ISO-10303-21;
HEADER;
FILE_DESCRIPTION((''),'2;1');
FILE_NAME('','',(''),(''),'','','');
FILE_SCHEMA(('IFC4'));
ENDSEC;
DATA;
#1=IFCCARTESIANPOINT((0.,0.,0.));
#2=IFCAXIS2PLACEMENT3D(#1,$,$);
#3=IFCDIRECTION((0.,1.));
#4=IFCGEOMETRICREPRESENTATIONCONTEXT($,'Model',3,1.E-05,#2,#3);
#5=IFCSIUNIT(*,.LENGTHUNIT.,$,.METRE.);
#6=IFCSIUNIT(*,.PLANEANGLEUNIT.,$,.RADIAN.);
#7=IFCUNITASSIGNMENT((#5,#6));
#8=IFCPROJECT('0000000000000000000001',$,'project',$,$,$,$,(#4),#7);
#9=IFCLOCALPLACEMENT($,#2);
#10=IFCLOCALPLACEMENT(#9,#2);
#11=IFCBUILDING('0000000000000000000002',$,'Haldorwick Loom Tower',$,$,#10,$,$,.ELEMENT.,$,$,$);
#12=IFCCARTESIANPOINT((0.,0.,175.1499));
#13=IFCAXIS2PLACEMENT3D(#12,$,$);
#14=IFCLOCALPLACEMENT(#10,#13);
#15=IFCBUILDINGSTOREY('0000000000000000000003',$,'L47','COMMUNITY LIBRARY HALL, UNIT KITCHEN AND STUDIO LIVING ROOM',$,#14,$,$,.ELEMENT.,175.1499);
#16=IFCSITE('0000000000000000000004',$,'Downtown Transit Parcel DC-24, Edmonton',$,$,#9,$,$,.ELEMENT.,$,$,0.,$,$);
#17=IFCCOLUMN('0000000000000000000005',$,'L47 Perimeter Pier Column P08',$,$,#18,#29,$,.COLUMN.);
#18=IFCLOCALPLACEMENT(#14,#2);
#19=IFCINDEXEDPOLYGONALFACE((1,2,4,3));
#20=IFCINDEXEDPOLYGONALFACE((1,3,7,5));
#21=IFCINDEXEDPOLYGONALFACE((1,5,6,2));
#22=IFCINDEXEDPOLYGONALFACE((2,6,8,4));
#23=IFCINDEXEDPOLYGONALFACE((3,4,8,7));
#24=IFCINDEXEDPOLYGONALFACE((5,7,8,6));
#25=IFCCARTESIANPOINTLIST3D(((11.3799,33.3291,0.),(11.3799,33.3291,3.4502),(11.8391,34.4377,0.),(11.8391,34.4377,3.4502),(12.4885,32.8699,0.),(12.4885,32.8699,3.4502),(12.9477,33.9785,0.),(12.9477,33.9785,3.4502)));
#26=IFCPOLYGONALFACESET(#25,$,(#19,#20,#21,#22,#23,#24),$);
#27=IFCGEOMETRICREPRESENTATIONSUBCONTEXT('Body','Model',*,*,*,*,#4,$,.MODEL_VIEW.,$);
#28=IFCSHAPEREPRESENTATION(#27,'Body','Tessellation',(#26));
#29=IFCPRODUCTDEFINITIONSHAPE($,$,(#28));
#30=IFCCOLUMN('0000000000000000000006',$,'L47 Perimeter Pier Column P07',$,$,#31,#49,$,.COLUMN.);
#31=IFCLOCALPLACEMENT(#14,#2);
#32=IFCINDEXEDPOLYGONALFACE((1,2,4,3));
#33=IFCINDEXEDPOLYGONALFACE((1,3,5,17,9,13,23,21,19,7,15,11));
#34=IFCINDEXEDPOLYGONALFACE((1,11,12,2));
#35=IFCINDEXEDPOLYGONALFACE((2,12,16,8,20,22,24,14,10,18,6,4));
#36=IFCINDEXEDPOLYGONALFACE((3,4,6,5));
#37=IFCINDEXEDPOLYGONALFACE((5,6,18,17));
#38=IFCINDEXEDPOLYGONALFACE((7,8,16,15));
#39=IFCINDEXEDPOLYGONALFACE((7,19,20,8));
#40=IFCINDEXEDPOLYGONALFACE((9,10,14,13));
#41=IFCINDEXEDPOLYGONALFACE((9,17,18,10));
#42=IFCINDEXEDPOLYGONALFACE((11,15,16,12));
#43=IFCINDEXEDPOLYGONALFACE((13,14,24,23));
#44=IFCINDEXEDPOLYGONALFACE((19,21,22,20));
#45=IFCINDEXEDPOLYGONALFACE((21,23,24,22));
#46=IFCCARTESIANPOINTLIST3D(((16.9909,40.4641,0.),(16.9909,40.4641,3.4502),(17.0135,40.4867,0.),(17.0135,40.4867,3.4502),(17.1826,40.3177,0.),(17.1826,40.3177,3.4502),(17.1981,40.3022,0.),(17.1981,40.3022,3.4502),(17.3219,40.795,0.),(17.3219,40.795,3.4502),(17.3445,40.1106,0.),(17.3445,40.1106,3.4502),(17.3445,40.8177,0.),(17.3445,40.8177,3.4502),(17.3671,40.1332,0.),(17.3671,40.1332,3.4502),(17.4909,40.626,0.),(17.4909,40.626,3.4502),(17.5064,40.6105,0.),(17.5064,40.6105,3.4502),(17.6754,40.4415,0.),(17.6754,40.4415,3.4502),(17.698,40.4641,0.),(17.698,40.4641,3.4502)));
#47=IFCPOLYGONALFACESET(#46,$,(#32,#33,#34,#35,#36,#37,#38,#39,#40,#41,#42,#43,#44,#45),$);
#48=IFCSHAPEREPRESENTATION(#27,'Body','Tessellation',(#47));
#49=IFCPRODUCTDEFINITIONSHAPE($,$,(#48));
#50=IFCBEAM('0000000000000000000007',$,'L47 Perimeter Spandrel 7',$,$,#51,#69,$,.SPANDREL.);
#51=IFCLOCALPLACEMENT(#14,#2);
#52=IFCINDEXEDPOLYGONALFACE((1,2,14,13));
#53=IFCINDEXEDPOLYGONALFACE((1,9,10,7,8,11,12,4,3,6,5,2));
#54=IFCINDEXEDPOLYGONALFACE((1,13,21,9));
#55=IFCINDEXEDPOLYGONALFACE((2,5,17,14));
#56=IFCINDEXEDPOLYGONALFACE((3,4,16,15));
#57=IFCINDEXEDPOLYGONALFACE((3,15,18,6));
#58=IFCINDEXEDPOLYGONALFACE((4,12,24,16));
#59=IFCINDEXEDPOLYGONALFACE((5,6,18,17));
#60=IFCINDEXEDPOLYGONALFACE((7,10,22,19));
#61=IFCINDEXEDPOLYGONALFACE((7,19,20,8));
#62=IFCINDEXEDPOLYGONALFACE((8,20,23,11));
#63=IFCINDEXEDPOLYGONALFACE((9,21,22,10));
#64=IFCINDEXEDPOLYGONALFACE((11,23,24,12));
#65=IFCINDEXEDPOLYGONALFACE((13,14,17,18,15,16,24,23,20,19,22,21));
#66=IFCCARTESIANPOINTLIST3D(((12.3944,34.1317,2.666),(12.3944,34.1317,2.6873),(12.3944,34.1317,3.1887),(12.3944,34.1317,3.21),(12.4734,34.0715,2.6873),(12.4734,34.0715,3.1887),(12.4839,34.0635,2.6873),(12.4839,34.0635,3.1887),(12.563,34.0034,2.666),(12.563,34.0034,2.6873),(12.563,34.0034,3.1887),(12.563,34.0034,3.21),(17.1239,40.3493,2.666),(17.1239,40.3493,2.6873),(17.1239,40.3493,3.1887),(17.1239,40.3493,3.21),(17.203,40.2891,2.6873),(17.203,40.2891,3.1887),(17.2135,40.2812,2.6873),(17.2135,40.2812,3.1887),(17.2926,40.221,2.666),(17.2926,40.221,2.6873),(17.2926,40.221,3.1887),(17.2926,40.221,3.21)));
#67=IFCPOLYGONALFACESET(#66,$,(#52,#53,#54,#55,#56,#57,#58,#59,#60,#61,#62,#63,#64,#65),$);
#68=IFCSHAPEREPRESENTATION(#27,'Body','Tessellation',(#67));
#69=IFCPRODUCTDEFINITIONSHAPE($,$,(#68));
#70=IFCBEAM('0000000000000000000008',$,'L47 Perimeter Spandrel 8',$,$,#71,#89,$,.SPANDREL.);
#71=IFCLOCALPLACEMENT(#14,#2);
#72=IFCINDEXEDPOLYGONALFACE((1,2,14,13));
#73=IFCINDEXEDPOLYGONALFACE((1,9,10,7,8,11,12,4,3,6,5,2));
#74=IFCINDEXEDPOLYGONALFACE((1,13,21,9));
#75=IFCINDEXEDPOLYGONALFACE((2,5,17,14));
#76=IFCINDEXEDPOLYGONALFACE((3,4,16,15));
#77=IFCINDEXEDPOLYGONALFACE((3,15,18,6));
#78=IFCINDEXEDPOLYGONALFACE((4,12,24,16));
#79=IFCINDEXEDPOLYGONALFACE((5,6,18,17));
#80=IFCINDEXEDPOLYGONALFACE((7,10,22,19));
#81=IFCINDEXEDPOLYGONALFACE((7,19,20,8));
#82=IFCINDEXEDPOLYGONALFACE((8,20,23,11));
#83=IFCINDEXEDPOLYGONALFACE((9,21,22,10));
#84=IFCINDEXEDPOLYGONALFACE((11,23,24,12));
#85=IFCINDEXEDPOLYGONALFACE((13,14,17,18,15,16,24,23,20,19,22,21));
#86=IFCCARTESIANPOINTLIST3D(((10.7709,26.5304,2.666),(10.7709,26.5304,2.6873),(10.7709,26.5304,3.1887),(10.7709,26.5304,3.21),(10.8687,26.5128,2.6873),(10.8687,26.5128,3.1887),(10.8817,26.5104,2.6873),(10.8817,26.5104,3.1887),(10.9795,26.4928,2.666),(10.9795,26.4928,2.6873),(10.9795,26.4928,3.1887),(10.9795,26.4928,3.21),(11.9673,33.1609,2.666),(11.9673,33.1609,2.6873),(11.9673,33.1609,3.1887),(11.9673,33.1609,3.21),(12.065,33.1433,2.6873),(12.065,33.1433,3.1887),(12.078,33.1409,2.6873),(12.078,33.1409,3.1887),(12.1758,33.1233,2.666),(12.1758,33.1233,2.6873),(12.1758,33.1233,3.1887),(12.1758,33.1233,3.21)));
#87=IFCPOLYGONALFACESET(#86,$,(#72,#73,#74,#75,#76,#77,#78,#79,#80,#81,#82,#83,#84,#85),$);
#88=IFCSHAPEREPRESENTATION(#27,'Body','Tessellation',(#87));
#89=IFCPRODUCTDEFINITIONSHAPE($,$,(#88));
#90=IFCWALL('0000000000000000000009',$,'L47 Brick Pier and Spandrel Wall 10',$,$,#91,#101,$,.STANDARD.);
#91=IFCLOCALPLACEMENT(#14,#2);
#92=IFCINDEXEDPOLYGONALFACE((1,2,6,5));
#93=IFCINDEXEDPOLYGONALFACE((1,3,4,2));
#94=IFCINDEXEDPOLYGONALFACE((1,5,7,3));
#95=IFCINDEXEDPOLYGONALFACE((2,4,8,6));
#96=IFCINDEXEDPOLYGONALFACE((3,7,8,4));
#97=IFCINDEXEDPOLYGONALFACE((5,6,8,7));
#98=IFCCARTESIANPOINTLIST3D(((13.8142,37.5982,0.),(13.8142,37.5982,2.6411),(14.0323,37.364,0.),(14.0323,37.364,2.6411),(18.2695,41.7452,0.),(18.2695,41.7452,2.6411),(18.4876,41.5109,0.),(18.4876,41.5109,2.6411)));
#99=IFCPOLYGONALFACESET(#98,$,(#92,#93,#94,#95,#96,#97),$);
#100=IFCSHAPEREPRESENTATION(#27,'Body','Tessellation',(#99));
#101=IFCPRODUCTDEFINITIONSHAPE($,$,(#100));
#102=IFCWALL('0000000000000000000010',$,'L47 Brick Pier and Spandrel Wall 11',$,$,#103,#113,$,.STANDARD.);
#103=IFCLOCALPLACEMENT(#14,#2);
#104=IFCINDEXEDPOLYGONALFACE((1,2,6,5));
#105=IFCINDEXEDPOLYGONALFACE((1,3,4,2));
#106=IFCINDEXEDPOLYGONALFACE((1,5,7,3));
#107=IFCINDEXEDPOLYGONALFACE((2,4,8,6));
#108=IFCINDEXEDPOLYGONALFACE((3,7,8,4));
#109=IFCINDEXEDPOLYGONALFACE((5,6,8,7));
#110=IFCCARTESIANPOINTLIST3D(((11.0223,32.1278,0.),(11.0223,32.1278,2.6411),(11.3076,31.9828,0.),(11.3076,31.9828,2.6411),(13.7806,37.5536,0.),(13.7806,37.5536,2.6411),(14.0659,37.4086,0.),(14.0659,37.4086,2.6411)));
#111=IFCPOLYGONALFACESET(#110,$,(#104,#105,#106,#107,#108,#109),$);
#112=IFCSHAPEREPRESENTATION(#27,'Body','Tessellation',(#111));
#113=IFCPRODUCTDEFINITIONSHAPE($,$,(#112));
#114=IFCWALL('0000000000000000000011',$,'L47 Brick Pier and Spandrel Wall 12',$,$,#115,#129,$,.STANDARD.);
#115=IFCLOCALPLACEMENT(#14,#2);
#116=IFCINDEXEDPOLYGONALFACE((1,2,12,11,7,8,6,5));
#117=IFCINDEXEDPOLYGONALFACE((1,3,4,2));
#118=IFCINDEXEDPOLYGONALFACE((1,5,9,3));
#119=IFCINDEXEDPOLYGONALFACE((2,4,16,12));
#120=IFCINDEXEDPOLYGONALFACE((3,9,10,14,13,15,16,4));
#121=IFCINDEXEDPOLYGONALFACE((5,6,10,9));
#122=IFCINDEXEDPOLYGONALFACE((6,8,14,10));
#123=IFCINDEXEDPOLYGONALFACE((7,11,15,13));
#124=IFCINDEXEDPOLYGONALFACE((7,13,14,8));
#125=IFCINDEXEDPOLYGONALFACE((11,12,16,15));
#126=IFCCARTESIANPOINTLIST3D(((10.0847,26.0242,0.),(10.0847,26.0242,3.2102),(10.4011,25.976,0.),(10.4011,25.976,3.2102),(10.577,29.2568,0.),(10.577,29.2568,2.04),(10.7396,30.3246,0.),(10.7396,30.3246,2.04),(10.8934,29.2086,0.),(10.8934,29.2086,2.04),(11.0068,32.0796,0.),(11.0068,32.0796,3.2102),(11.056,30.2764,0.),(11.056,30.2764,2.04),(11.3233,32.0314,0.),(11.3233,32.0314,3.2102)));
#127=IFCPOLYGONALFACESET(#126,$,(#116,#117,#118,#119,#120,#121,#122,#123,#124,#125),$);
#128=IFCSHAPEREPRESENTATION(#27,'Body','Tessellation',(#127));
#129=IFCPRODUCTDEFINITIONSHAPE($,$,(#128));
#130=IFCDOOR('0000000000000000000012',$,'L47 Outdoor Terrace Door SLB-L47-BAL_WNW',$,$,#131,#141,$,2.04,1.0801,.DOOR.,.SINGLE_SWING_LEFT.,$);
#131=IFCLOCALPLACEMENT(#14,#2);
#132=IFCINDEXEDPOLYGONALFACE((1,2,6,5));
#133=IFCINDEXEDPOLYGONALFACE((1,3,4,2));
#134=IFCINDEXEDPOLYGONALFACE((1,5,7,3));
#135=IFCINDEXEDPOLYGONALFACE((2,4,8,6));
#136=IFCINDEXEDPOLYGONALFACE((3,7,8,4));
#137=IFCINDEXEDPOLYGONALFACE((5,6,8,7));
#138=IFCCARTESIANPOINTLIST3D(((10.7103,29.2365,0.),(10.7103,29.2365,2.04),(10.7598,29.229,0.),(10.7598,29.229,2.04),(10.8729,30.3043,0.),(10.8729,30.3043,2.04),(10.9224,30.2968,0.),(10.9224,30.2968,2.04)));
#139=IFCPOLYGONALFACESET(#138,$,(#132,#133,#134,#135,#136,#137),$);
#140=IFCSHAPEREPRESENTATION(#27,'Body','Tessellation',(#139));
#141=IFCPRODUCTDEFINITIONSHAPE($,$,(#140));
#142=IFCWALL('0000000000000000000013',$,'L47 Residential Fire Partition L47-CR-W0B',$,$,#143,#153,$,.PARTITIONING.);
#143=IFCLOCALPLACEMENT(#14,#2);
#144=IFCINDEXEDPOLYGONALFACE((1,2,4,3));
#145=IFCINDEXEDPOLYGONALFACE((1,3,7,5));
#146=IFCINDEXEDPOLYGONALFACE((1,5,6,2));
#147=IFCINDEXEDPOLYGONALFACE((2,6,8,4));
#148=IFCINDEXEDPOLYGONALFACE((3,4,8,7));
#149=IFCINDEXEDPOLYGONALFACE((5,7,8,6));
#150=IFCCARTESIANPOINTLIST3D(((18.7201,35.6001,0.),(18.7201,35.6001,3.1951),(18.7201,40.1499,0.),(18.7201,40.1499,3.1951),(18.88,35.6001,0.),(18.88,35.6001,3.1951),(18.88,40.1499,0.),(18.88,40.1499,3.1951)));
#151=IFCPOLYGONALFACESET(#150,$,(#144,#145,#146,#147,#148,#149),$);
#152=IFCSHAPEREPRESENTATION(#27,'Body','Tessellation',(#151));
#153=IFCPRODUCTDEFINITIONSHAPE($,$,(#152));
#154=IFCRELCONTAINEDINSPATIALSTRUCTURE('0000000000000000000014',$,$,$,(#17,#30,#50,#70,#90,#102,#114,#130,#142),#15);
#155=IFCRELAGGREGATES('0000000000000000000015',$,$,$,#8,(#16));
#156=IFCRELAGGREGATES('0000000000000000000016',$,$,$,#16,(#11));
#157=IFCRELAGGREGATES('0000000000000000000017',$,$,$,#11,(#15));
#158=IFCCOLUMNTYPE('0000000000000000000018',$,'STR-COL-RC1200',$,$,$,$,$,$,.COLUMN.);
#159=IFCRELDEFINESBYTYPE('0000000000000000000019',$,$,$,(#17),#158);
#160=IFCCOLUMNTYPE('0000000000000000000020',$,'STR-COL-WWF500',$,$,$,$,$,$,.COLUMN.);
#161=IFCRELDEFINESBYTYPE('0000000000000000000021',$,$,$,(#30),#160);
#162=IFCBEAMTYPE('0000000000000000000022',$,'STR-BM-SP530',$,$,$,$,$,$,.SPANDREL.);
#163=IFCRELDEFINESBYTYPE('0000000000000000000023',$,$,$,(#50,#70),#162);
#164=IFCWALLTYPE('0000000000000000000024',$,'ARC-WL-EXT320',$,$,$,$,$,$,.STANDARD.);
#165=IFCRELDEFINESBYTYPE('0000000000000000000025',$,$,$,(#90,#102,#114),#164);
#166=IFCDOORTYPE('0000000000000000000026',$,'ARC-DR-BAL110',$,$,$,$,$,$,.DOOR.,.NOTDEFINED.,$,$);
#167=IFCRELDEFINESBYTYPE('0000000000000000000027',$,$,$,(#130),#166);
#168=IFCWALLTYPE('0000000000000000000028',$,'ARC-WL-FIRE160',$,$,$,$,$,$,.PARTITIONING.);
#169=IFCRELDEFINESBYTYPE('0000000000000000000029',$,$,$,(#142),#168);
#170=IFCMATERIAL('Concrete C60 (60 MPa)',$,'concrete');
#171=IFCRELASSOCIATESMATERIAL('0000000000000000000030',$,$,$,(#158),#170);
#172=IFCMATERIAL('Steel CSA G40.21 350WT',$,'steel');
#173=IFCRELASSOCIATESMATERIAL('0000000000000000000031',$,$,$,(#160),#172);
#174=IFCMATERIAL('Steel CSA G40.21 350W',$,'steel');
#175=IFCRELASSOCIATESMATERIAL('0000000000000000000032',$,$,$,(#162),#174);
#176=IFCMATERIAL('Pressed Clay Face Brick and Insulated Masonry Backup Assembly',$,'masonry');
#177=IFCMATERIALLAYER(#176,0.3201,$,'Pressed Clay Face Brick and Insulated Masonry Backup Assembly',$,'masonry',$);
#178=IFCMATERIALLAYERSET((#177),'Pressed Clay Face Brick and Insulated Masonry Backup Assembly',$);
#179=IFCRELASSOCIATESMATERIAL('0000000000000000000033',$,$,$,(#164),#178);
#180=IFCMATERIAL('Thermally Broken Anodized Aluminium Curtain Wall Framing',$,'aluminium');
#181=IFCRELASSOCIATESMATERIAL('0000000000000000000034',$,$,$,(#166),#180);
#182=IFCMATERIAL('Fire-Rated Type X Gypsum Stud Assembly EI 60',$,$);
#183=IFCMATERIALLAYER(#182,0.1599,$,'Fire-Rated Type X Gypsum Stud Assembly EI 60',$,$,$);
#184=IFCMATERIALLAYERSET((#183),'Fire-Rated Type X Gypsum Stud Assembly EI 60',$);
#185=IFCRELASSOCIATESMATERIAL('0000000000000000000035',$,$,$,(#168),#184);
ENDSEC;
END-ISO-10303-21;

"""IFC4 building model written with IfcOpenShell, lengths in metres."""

from ifc_helpers import new_model, si_unit, direction, frame, frame_2d, origin, origin_2d, place, context, subcontext, project, spatial, rectangle, i_section, extrude, material, layer, layer_set, material_profile, profile_set, type_object, element, fill, save


model = new_model("IFC4")

# Units and contexts
model_context = context("Model", 3, precision=1e-05, world=origin(), true_north=direction((0.0, 1.0)))
body_context = subcontext(model_context, "Body", "Model", "MODEL_VIEW")
ifc_project = project(units=[si_unit("LENGTHUNIT", "METRE"), si_unit("PLANEANGLEUNIT", "RADIAN")], contexts=[model_context])

# Site, building, storey
site_placement = place(None, origin())
site = spatial("IfcSite", under=ifc_project, at=site_placement, Name="Downtown Transit Parcel DC-24, Edmonton", CompositionType="ELEMENT", RefElevation=0.0)
building_placement = place(site_placement, origin())
building = spatial("IfcBuilding", under=site, at=building_placement, Name="Haldorwick Loom Tower", CompositionType="ELEMENT")
storey_placement = place(building_placement, frame((0.0, 0.0, 175.1499)))
storey = spatial("IfcBuildingStorey", under=building, at=storey_placement, Name="L47", Description="COMMUNITY LIBRARY HALL, UNIT KITCHEN AND STUDIO LIVING ROOM", CompositionType="ELEMENT", Elevation=175.1499)

# Columns
ifc_material_1 = material(Name="Concrete C60 (60 MPa)", Category="concrete")
ifc_material_profile_1 = material_profile(ifc_material_1, rectangle(XDim=1.2, YDim=1.2, at=origin_2d()), Name="RC1200X1200", Category="concrete")
ifc_profile_set_1 = profile_set([ifc_material_profile_1], Name="Concrete C60 (60 MPa)")
column_type_1 = type_object("IfcColumnType", Name="STR-COL-RC1200", PredefinedType="COLUMN", material=ifc_profile_set_1)
column_1_placement = place(storey_placement, frame((12.1638, 33.6538, 0.0), z_axis=(0.0, 0.0, 1.0), x_axis=(-0.92388, 0.382683, 0.0)))
element("IfcColumn", 1, at=column_1_placement, inside=storey, type_object=column_type_1, Name="L47 Perimeter Pier Column P08", PredefinedType="COLUMN", context=body_context, shape_type="SweptSolid", body=[
    extrude(rectangle(XDim=1.2, YDim=1.2, at=origin_2d()), origin(), (0.0, 0.0, 1.0), 3.4502),
])
ifc_material_2 = material(Name="Steel CSA G40.21 350WT", Category="steel")
ifc_material_profile_2 = material_profile(ifc_material_2, i_section(OverallWidth=0.5, OverallDepth=0.5, WebThickness=0.022, FlangeThickness=0.032, at=origin_2d()), Name="WWF500X500", Category="steel")
ifc_profile_set_2 = profile_set([ifc_material_profile_2], Name="Steel CSA G40.21 350WT")
column_type_2 = type_object("IfcColumnType", Name="STR-COL-WWF500", PredefinedType="COLUMN", material=ifc_profile_set_2)
column_2_placement = place(storey_placement, frame((17.3445, 40.4641, 0.0), z_axis=(0.0, 0.0, 1.0), x_axis=(-0.707107, 0.707107, 0.0)))
element("IfcColumn", 2, at=column_2_placement, inside=storey, type_object=column_type_2, Name="L47 Perimeter Pier Column P07", PredefinedType="COLUMN", context=body_context, shape_type="SweptSolid", body=[
    extrude(i_section(OverallWidth=0.5, OverallDepth=0.5, WebThickness=0.022, FlangeThickness=0.032, at=origin_2d()), origin(), (0.0, 0.0, 1.0), 3.4502),
])

# Beams
ifc_material_3 = material(Name="Steel CSA G40.21 350W", Category="steel")
ifc_material_profile_3 = material_profile(ifc_material_3, i_section(OverallWidth=0.2119, OverallDepth=0.5439, WebThickness=0.0132, FlangeThickness=0.0212, at=origin_2d()), Name="W530X123", Category="steel")
ifc_profile_set_3 = profile_set([ifc_material_profile_3], Name="Steel CSA G40.21 350W")
beam_type = type_object("IfcBeamType", Name="STR-BM-SP530", PredefinedType="SPANDREL", material=ifc_profile_set_3)
beam_1_placement = place(storey_placement, frame((17.2083, 40.2852, 2.938), z_axis=(-0.605422, -0.795905, 0.0), x_axis=(0.795905, -0.605422, 0.0)))
element("IfcBeam", 3, at=beam_1_placement, inside=storey, type_object=beam_type, Name="L47 Perimeter Spandrel 7", PredefinedType="SPANDREL", context=body_context, shape_type="SweptSolid", body=[
    extrude(i_section(OverallWidth=0.2119, OverallDepth=0.5439, WebThickness=0.0132, FlangeThickness=0.0212, at=origin_2d()), origin(), (0.0, 0.0, 1.0), 7.812),
])
beam_2_placement = place(storey_placement, frame((12.0715, 33.1421, 2.938), z_axis=(-0.177559, -0.98411, 0.0), x_axis=(0.98411, -0.177559, 0.0)))
element("IfcBeam", 4, at=beam_2_placement, inside=storey, type_object=beam_type, Name="L47 Perimeter Spandrel 8", PredefinedType="SPANDREL", context=body_context, shape_type="SweptSolid", body=[
    extrude(i_section(OverallWidth=0.2119, OverallDepth=0.5439, WebThickness=0.0132, FlangeThickness=0.0212, at=origin_2d()), origin(), (0.0, 0.0, 1.0), 6.7375),
])

# Walls
ifc_material_4 = material(Name="Pressed Clay Face Brick and Insulated Masonry Backup Assembly", Category="masonry")
ifc_layer_1 = layer(ifc_material_4, 0.3201, Name="Pressed Clay Face Brick and Insulated Masonry Backup Assembly", Category="masonry")
ifc_layer_set_1 = layer_set([ifc_layer_1], Name="Pressed Clay Face Brick and Insulated Masonry Backup Assembly")
wall_type_1 = type_object("IfcWallType", Name="ARC-WL-EXT320", PredefinedType="STANDARD", material=ifc_layer_set_1)
for number, where, z_axis, x_axis, name in (
    (5, (18.3787, 41.6282, 0.0), (0.0, 0.0, 1.0), (-0.731983, -0.681323, 0.0), "L47 Brick Pier and Spandrel Wall 10"),
    (6, (13.9233, 37.4812, 0.0), (0.0, 0.0, 1.0), (-0.453172, -0.891423, 0.0), "L47 Brick Pier and Spandrel Wall 11"),
):
    element("IfcWall", number, at=place(storey_placement, frame(where, z_axis=z_axis, x_axis=x_axis)), inside=storey, type_object=wall_type_1, Name=name, PredefinedType="STANDARD", context=body_context, shape_type="SweptSolid", body=[
        extrude(rectangle(XDim=6.0867, YDim=0.3201, at=frame_2d((3.0435, 0.0))), origin(), (0.0, 0.0, 1.0), 2.6411),
    ])

# Wall, opening, door
wall_1_placement = place(storey_placement, frame((11.165, 32.0554, 0.0), z_axis=(0.0, 0.0, 1.0), x_axis=(-0.150544, -0.988603, 0.0)))
wall_1 = element("IfcWall", 7, at=wall_1_placement, inside=storey, type_object=wall_type_1, Name="L47 Brick Pier and Spandrel Wall 12", PredefinedType="STANDARD", context=body_context, shape_type="SweptSolid", body=[
    extrude(rectangle(XDim=6.1252, YDim=0.3201, at=frame_2d((3.0625, 0.0))), origin(), (0.0, 0.0, 1.0), 3.2102),
])
opening_1_placement = place(wall_1_placement, frame((1.7751, 0.0, 0.0)))
opening_1 = element("IfcOpeningElement", 8, at=opening_1_placement, cuts=wall_1, PredefinedType="OPENING", context=body_context, shape_type="SweptSolid", body=[
    extrude(rectangle(XDim=1.0801, YDim=2.04, at=frame_2d((0.54, 1.02))), frame((0.0, 0.1699, 0.0), z_axis=(0.0, -1.0, 0.0), x_axis=(1.0, 0.0, 0.0)), (0.0, 0.0, 1.0), 0.3401),
])
ifc_material_5 = material(Name="Thermally Broken Anodized Aluminium Curtain Wall Framing", Category="aluminium")
door_type_1 = type_object("IfcDoorType", Name="ARC-DR-BAL110", OperationType="NOTDEFINED", PredefinedType="DOOR", material=ifc_material_5)
door_1_placement = place(opening_1_placement, origin())
door_1 = element("IfcDoor", 9, at=door_1_placement, inside=storey, type_object=door_type_1, Name="L47 Outdoor Terrace Door SLB-L47-BAL_WNW", OperationType="SINGLE_SWING_LEFT", OverallHeight=2.04, OverallWidth=1.0801, PredefinedType="DOOR", context=body_context, shape_type="SweptSolid", body=[
    extrude(rectangle(XDim=1.0801, YDim=2.04, at=frame_2d((0.54, 1.02))), frame((0.0, 0.0249, 0.0), z_axis=(0.0, -1.0, 0.0), x_axis=(1.0, 0.0, 0.0)), (0.0, 0.0, 1.0), 0.05),
])
fill(opening_1, door_1)

# Wall
ifc_material_6 = material(Name="Fire-Rated Type X Gypsum Stud Assembly EI 60")
ifc_layer_2 = layer(ifc_material_6, 0.1599, Name="Fire-Rated Type X Gypsum Stud Assembly EI 60")
ifc_layer_set_2 = layer_set([ifc_layer_2], Name="Fire-Rated Type X Gypsum Stud Assembly EI 60")
wall_type_2 = type_object("IfcWallType", Name="ARC-WL-FIRE160", PredefinedType="PARTITIONING", material=ifc_layer_set_2)
wall_2_placement = place(storey_placement, frame((18.8, 35.6001, 0.0), z_axis=(0.0, 0.0, 1.0), x_axis=(0.0, 1.0, 0.0)))
element("IfcWall", 10, at=wall_2_placement, inside=storey, type_object=wall_type_2, Name="L47 Residential Fire Partition L47-CR-W0B", PredefinedType="PARTITIONING", context=body_context, shape_type="SweptSolid", body=[
    extrude(rectangle(XDim=4.5498, YDim=0.1599, at=frame_2d((2.2749, 0.0))), origin(), (0.0, 0.0, 1.0), 3.1951),
])

save(model, "model.ifc")
